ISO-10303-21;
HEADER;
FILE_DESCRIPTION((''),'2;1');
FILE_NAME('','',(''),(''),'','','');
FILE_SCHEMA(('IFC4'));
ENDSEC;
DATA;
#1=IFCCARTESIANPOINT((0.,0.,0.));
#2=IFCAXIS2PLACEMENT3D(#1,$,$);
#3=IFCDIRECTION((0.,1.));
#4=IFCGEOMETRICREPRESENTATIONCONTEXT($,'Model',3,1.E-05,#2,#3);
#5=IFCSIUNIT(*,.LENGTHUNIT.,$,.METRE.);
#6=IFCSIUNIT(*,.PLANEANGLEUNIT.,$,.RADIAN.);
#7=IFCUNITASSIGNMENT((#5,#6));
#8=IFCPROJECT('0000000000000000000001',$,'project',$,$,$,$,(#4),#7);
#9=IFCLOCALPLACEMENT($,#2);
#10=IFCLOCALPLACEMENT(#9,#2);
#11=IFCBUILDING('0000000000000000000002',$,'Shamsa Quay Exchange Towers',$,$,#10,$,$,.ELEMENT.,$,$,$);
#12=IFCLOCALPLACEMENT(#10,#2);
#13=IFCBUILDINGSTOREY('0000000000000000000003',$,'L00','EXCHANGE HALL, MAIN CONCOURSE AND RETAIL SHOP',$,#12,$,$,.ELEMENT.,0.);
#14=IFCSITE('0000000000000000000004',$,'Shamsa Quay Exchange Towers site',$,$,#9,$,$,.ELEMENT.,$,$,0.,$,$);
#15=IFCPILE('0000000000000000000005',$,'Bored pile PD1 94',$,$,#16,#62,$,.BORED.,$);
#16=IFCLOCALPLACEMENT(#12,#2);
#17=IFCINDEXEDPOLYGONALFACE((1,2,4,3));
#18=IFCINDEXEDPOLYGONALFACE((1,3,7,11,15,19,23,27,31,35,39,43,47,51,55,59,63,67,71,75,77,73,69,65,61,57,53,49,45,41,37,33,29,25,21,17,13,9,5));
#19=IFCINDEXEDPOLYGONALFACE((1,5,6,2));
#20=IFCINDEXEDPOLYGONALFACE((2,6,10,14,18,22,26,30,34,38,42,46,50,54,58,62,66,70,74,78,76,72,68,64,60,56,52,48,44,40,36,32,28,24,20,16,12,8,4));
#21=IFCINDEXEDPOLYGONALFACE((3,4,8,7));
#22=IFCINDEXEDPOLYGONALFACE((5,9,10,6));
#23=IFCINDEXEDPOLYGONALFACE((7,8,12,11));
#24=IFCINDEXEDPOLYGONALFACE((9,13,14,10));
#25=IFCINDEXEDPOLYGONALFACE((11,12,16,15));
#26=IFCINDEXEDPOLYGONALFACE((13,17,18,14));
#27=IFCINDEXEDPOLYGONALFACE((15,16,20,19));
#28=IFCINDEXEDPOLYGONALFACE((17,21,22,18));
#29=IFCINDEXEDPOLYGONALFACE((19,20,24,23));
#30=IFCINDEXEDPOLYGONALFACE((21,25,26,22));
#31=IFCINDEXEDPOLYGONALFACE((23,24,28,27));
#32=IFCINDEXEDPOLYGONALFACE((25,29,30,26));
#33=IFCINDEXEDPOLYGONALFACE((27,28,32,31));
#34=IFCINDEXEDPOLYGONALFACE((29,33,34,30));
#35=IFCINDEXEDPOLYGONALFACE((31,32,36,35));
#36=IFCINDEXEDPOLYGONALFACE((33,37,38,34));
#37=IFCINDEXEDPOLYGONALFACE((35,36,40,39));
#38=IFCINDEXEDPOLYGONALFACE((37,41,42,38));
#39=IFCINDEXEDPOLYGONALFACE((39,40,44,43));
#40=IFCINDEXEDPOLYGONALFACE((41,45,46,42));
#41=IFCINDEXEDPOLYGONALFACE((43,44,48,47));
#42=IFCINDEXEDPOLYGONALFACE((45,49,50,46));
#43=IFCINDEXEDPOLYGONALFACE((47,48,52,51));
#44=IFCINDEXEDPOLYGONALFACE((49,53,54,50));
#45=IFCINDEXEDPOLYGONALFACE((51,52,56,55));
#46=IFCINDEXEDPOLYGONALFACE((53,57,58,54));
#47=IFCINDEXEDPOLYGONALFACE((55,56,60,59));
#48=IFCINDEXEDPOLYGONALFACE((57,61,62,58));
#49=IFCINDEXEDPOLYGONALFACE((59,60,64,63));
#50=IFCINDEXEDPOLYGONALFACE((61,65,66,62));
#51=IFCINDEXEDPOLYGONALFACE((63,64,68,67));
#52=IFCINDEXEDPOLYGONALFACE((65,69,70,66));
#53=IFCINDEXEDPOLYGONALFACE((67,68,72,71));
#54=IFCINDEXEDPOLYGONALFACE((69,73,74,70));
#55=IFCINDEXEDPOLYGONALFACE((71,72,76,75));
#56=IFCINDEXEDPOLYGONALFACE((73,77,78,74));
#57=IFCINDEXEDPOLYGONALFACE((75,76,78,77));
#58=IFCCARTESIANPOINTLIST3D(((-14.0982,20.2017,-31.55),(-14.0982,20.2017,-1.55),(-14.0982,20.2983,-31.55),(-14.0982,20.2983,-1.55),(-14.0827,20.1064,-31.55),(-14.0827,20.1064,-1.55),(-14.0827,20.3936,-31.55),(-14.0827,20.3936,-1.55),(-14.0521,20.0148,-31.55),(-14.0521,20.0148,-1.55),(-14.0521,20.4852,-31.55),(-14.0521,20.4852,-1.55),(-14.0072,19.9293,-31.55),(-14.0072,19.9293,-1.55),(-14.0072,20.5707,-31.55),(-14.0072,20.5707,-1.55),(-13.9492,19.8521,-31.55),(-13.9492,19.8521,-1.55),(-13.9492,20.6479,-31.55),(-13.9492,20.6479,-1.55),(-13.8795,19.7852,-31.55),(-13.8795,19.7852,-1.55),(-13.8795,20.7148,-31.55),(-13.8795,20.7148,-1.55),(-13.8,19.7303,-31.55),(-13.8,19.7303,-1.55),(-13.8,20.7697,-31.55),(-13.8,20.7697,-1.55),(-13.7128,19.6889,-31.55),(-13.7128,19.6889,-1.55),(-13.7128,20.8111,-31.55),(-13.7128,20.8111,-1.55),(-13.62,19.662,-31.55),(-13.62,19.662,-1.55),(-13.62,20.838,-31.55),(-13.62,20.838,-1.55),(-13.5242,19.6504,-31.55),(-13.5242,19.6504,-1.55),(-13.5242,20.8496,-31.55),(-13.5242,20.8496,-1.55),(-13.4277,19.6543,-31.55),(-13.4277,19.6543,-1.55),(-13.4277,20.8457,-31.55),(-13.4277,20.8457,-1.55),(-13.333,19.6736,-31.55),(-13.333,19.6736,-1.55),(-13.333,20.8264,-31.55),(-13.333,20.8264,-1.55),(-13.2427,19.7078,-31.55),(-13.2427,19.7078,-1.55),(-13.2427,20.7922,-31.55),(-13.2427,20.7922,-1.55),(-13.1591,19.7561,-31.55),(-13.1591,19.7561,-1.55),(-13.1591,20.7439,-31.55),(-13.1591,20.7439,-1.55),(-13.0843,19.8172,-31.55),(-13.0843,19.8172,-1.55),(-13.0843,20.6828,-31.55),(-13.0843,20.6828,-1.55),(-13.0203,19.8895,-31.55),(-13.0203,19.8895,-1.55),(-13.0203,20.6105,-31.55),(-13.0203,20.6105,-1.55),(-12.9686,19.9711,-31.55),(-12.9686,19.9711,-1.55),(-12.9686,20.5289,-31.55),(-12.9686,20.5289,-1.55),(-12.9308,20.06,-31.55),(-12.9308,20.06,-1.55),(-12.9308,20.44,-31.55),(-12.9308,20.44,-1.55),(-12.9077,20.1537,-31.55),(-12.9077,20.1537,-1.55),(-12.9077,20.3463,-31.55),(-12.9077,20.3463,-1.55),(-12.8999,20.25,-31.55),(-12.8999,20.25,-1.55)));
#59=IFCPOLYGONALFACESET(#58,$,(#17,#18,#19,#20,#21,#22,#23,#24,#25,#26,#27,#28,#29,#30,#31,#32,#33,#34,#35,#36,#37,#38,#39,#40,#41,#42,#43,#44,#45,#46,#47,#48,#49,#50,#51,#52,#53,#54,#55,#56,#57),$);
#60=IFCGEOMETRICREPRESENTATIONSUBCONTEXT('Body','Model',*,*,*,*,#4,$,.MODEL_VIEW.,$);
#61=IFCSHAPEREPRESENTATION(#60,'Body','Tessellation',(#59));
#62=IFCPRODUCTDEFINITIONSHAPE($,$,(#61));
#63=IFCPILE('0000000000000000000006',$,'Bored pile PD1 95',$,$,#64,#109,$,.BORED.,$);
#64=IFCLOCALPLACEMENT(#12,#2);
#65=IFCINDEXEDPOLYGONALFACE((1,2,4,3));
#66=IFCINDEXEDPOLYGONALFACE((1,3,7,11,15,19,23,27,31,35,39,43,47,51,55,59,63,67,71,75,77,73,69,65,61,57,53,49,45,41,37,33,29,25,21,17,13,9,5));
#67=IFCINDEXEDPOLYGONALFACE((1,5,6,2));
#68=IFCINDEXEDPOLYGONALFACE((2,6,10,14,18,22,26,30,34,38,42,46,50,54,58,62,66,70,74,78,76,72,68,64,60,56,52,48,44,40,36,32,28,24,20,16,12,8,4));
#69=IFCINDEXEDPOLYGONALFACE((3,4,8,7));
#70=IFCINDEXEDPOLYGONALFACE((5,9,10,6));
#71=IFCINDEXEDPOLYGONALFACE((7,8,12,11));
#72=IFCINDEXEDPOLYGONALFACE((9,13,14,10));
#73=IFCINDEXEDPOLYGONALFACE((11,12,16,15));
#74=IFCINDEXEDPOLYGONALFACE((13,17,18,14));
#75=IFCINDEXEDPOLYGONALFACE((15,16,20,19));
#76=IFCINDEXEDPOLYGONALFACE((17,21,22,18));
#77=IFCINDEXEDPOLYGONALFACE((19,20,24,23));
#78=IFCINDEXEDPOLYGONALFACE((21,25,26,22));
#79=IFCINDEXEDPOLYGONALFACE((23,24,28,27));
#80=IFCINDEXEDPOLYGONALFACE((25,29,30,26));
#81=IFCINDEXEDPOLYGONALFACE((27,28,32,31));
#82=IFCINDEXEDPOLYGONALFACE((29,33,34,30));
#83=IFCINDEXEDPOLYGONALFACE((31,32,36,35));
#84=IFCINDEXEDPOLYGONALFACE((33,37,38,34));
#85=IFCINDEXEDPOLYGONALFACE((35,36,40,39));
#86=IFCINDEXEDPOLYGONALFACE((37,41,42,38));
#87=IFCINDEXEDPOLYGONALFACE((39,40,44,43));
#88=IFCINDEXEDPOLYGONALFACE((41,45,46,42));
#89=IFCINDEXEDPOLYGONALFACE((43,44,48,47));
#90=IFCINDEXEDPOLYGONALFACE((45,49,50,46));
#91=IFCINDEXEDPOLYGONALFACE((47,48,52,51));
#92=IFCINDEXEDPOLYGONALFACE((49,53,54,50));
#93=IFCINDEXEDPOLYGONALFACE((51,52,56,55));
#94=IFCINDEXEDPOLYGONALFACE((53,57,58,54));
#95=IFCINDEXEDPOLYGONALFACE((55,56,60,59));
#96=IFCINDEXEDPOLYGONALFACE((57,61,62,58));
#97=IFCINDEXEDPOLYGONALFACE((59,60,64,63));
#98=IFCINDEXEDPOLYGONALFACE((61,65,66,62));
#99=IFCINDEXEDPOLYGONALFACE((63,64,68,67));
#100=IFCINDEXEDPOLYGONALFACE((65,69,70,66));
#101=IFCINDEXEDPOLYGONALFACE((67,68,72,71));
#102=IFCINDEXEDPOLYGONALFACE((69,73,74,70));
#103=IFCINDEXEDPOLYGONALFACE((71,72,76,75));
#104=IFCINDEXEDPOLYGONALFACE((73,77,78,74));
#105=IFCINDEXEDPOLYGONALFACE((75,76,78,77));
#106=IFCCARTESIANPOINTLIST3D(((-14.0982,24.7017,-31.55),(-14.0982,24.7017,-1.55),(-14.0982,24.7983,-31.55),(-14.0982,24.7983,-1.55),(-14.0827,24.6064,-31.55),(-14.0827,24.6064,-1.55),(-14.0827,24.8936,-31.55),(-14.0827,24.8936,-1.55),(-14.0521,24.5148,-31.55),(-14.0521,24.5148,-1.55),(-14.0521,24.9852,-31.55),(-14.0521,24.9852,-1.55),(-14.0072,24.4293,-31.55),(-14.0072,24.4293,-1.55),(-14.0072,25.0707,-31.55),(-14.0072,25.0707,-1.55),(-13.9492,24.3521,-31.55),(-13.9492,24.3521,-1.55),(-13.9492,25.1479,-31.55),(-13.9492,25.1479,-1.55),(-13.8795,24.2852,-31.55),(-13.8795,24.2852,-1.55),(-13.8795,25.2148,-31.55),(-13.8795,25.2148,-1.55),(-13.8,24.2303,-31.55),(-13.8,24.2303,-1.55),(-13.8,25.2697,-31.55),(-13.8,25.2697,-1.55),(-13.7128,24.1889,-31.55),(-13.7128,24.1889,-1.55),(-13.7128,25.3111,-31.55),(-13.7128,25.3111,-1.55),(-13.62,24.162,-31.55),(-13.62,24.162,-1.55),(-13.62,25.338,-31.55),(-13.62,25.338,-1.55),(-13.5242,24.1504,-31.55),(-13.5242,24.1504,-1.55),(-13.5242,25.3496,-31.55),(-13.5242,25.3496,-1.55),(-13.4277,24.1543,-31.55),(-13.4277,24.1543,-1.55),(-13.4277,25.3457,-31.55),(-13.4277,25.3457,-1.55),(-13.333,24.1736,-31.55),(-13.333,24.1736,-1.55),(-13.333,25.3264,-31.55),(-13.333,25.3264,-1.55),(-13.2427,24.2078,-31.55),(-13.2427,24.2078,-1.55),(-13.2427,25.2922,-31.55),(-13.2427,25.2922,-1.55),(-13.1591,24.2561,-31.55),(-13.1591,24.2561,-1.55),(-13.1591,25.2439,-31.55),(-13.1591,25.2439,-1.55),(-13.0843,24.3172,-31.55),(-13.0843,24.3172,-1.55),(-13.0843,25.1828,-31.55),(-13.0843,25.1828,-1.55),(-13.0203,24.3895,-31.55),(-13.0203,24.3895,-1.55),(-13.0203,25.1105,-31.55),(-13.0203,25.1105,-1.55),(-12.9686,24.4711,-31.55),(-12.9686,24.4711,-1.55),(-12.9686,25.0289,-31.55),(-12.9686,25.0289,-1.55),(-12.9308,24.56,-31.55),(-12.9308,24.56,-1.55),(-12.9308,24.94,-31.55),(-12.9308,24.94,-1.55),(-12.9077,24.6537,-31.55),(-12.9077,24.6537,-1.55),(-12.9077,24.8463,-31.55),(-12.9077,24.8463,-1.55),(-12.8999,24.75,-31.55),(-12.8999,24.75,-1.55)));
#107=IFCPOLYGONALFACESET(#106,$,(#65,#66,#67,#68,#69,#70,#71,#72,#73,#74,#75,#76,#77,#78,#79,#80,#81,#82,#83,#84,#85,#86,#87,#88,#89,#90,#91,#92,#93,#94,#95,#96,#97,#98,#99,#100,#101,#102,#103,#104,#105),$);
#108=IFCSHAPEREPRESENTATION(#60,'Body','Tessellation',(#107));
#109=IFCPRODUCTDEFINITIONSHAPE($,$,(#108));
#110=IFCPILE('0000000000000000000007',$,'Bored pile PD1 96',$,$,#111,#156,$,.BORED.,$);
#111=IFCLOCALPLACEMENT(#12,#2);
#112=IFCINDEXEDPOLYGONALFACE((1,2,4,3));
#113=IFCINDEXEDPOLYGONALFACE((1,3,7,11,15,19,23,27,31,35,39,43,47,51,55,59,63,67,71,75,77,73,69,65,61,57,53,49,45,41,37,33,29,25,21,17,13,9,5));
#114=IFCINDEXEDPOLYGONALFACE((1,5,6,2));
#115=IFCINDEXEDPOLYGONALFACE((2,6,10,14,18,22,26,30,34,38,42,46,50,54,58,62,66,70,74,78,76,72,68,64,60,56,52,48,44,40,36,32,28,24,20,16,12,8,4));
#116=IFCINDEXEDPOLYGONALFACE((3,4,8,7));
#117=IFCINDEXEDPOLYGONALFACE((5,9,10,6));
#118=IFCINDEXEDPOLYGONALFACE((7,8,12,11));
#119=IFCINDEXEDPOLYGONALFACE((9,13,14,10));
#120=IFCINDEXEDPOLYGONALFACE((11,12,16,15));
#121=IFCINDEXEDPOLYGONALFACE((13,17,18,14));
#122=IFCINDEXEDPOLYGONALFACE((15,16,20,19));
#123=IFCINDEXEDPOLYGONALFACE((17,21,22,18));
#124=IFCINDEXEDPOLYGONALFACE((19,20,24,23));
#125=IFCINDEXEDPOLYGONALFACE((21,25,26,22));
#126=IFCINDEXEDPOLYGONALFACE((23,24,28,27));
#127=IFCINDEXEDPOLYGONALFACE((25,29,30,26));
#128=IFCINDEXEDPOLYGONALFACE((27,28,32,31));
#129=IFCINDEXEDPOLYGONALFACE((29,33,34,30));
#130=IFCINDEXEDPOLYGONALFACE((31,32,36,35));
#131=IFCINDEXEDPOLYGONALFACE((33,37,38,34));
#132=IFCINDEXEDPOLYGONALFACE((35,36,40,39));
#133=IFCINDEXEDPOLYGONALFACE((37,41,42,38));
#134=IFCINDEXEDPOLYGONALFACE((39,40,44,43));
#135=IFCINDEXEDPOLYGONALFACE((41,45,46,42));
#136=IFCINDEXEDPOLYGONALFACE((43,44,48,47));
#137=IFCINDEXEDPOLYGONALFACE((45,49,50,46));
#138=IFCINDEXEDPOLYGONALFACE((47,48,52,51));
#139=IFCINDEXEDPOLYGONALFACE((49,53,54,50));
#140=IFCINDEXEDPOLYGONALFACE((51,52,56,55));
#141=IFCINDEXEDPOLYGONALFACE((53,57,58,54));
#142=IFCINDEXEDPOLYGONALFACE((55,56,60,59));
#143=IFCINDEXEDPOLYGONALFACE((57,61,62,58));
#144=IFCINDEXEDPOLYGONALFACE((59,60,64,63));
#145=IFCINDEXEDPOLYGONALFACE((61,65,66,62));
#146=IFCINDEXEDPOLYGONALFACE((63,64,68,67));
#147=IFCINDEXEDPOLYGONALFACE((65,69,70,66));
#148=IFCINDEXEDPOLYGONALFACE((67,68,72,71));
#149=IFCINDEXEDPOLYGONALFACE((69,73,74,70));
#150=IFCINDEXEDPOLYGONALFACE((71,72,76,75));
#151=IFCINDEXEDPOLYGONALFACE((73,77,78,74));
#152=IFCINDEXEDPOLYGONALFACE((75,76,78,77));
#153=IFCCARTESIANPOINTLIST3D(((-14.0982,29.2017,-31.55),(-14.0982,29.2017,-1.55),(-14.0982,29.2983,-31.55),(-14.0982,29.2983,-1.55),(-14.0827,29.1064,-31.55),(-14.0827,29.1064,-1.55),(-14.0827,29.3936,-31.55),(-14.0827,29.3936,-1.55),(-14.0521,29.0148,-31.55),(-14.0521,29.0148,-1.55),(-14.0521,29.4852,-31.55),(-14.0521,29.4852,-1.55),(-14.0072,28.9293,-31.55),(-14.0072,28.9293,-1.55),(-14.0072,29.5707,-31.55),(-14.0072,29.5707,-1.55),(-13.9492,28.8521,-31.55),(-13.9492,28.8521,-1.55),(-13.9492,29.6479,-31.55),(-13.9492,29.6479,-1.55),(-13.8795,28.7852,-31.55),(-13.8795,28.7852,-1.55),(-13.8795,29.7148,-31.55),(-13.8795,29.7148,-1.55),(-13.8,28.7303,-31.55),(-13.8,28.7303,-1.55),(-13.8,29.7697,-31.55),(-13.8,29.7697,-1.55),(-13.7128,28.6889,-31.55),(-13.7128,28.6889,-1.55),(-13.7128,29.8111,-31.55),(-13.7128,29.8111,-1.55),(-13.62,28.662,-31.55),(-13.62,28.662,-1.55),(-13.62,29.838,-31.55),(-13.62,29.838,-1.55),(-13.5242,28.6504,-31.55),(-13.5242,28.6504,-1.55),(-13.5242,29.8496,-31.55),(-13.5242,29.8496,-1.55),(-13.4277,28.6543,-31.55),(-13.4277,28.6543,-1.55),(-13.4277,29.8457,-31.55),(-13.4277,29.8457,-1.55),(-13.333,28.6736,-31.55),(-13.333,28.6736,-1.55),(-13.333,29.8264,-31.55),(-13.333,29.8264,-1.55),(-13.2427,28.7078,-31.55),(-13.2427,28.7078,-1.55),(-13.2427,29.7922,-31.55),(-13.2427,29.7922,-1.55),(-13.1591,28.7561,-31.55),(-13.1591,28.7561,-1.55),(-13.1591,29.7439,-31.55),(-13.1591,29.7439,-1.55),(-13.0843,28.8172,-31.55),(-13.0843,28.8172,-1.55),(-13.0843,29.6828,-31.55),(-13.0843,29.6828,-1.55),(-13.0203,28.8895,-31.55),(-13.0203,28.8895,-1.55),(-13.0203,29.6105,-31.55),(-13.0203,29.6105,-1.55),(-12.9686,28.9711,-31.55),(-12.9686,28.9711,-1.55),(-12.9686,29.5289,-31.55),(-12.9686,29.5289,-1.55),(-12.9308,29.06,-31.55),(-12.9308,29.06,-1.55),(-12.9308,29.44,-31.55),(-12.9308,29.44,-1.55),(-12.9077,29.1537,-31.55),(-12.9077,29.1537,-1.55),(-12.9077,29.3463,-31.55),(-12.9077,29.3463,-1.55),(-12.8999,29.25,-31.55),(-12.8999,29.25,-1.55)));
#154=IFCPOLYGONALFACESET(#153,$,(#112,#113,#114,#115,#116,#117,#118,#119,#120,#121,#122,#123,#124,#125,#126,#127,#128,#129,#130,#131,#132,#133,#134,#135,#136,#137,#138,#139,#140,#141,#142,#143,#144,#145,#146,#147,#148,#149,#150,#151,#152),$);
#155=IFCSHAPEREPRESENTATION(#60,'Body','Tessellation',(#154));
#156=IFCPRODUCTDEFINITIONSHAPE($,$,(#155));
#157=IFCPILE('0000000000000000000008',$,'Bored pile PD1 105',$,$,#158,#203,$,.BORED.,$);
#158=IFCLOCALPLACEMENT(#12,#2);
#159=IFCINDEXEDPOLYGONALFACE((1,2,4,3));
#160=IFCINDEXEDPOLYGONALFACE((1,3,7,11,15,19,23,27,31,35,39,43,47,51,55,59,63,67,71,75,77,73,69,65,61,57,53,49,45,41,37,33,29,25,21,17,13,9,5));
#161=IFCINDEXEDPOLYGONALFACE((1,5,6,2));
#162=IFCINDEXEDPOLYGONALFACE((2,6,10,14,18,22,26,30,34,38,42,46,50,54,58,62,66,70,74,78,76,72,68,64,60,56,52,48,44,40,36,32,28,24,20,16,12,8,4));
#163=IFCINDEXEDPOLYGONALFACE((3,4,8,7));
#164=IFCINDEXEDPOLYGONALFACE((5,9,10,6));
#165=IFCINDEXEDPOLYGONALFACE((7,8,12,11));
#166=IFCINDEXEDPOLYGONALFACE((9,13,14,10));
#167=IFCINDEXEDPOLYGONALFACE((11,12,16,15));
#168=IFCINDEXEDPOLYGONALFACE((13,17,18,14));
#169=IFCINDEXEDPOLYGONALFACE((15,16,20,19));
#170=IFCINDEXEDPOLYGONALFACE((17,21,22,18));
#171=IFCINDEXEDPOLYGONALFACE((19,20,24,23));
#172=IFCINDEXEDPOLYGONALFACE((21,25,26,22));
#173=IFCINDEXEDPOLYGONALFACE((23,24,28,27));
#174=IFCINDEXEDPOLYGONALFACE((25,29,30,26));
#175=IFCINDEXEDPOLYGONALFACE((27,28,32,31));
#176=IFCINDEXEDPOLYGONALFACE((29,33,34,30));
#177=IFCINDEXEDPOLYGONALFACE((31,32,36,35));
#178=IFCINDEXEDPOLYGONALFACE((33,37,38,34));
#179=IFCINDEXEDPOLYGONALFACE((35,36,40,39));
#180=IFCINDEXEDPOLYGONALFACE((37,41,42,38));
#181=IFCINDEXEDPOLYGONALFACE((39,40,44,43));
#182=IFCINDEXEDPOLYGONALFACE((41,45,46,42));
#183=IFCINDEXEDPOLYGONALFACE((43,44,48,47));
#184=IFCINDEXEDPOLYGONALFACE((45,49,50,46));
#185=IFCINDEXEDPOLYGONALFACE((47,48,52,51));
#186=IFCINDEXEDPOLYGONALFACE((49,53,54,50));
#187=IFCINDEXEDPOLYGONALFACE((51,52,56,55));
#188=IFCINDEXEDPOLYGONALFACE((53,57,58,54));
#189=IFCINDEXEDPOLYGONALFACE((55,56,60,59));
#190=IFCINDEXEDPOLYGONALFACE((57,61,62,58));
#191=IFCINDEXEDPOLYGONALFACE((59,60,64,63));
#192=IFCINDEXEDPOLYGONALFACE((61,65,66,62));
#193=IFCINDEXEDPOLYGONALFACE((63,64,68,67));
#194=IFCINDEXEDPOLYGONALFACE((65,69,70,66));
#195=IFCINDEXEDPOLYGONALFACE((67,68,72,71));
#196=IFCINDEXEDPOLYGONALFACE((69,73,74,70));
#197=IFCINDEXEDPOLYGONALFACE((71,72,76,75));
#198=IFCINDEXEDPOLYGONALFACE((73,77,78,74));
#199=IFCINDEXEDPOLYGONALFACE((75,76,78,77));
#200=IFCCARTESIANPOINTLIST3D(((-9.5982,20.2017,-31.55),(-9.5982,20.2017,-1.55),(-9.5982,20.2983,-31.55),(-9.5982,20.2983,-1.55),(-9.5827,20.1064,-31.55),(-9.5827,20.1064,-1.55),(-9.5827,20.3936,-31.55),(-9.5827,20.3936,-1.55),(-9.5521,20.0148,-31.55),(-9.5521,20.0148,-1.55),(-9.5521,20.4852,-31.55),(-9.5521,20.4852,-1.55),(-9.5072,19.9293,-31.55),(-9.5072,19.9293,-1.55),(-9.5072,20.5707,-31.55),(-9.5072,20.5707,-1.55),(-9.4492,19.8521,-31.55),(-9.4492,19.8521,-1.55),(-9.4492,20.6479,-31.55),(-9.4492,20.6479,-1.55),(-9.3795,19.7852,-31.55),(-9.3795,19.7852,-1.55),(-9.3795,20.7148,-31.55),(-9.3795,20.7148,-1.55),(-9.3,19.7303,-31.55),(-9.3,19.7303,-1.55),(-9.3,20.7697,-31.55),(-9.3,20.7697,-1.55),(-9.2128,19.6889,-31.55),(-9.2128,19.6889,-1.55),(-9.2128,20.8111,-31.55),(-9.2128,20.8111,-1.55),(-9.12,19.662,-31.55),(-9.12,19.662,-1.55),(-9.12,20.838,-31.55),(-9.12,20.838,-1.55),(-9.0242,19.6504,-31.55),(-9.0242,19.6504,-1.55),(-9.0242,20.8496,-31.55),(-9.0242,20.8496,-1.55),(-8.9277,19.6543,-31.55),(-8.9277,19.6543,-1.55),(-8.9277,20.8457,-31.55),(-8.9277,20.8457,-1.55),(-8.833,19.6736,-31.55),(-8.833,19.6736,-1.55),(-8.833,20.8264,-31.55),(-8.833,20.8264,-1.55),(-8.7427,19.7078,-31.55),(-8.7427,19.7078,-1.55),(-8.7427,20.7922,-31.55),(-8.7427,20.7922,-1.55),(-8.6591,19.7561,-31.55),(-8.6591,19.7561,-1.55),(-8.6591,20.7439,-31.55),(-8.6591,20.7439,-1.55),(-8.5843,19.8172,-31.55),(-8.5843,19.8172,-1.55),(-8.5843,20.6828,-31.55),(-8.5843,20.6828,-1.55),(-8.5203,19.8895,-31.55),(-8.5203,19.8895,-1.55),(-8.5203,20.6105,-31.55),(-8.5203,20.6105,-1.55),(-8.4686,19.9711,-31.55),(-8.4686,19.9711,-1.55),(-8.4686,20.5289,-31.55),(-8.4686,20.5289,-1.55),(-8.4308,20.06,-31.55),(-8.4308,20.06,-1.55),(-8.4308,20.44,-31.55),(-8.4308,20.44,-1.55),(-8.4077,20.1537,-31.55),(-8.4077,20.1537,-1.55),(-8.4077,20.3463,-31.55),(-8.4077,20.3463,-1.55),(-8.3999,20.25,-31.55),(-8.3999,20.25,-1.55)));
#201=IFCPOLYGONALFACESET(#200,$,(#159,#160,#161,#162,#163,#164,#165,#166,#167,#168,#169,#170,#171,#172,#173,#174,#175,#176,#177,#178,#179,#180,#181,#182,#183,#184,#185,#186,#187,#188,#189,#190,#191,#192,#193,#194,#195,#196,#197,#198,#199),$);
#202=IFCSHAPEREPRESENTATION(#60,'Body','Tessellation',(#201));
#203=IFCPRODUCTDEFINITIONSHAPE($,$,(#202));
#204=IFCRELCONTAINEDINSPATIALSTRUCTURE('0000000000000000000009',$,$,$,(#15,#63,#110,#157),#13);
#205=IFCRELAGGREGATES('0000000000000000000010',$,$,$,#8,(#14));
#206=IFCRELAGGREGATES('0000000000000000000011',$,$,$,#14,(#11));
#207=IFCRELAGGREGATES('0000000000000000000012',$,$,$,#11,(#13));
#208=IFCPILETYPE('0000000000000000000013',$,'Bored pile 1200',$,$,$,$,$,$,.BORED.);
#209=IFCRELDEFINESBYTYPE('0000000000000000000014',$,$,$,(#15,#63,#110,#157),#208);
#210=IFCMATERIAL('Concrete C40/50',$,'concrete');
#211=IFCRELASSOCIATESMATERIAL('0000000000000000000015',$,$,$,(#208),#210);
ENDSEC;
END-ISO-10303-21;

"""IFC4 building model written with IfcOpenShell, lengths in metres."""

from ifc_helpers import new_model, si_unit, direction, frame, origin, origin_2d, place, context, subcontext, project, spatial, circle, extrude, material, material_profile, profile_set, type_object, element, save


model = new_model("IFC4")

# Units and contexts
model_context = context("Model", 3, precision=1e-05, world=origin(), true_north=direction((0.0, 1.0)))
body_context = subcontext(model_context, "Body", "Model", "MODEL_VIEW")
ifc_project = project(units=[si_unit("LENGTHUNIT", "METRE"), si_unit("PLANEANGLEUNIT", "RADIAN")], contexts=[model_context])

# Site, building, storey
site_placement = place(None, origin())
site = spatial("IfcSite", under=ifc_project, at=site_placement, Name="Shamsa Quay Exchange Towers site", CompositionType="ELEMENT", RefElevation=0.0)
building_placement = place(site_placement, origin())
building = spatial("IfcBuilding", under=site, at=building_placement, Name="Shamsa Quay Exchange Towers", CompositionType="ELEMENT")
storey_placement = place(building_placement, origin())
storey = spatial("IfcBuildingStorey", under=building, at=storey_placement, Name="L00", Description="EXCHANGE HALL, MAIN CONCOURSE AND RETAIL SHOP", CompositionType="ELEMENT", Elevation=0.0)

# Piles
ifc_material_1 = material(Name="Concrete C40/50", Category="concrete")
ifc_material_profile_1 = material_profile(ifc_material_1, circle(Radius=0.6001, at=origin_2d()), Name="BP1200")
ifc_profile_set_1 = profile_set([ifc_material_profile_1], Name="Concrete C40/50")
pile_type = type_object("IfcPileType", Name="Bored pile 1200", PredefinedType="BORED", material=ifc_profile_set_1)
for number, where, z_axis, x_axis, name in (
    (1, (-13.5, 20.25, -1.55), (0.0, 0.0, -1.0), (1.0, 0.0, 0.0), "Bored pile PD1 94"),
    (2, (-13.5, 24.75, -1.55), (0.0, 0.0, -1.0), (1.0, 0.0, 0.0), "Bored pile PD1 95"),
    (3, (-13.5, 29.25, -1.55), (0.0, 0.0, -1.0), (1.0, 0.0, 0.0), "Bored pile PD1 96"),
    (4, (-9.0, 20.25, -1.55), (0.0, 0.0, -1.0), (1.0, 0.0, 0.0), "Bored pile PD1 105"),
):
    element("IfcPile", number, at=place(storey_placement, frame(where, z_axis=z_axis, x_axis=x_axis)), inside=storey, type_object=pile_type, Name=name, PredefinedType="BORED", context=body_context, shape_type="SweptSolid", body=[
        extrude(circle(Radius=0.6001, at=origin_2d()), origin(), (0.0, 0.0, 1.0), 30.0),
    ])

save(model, "model.ifc")
